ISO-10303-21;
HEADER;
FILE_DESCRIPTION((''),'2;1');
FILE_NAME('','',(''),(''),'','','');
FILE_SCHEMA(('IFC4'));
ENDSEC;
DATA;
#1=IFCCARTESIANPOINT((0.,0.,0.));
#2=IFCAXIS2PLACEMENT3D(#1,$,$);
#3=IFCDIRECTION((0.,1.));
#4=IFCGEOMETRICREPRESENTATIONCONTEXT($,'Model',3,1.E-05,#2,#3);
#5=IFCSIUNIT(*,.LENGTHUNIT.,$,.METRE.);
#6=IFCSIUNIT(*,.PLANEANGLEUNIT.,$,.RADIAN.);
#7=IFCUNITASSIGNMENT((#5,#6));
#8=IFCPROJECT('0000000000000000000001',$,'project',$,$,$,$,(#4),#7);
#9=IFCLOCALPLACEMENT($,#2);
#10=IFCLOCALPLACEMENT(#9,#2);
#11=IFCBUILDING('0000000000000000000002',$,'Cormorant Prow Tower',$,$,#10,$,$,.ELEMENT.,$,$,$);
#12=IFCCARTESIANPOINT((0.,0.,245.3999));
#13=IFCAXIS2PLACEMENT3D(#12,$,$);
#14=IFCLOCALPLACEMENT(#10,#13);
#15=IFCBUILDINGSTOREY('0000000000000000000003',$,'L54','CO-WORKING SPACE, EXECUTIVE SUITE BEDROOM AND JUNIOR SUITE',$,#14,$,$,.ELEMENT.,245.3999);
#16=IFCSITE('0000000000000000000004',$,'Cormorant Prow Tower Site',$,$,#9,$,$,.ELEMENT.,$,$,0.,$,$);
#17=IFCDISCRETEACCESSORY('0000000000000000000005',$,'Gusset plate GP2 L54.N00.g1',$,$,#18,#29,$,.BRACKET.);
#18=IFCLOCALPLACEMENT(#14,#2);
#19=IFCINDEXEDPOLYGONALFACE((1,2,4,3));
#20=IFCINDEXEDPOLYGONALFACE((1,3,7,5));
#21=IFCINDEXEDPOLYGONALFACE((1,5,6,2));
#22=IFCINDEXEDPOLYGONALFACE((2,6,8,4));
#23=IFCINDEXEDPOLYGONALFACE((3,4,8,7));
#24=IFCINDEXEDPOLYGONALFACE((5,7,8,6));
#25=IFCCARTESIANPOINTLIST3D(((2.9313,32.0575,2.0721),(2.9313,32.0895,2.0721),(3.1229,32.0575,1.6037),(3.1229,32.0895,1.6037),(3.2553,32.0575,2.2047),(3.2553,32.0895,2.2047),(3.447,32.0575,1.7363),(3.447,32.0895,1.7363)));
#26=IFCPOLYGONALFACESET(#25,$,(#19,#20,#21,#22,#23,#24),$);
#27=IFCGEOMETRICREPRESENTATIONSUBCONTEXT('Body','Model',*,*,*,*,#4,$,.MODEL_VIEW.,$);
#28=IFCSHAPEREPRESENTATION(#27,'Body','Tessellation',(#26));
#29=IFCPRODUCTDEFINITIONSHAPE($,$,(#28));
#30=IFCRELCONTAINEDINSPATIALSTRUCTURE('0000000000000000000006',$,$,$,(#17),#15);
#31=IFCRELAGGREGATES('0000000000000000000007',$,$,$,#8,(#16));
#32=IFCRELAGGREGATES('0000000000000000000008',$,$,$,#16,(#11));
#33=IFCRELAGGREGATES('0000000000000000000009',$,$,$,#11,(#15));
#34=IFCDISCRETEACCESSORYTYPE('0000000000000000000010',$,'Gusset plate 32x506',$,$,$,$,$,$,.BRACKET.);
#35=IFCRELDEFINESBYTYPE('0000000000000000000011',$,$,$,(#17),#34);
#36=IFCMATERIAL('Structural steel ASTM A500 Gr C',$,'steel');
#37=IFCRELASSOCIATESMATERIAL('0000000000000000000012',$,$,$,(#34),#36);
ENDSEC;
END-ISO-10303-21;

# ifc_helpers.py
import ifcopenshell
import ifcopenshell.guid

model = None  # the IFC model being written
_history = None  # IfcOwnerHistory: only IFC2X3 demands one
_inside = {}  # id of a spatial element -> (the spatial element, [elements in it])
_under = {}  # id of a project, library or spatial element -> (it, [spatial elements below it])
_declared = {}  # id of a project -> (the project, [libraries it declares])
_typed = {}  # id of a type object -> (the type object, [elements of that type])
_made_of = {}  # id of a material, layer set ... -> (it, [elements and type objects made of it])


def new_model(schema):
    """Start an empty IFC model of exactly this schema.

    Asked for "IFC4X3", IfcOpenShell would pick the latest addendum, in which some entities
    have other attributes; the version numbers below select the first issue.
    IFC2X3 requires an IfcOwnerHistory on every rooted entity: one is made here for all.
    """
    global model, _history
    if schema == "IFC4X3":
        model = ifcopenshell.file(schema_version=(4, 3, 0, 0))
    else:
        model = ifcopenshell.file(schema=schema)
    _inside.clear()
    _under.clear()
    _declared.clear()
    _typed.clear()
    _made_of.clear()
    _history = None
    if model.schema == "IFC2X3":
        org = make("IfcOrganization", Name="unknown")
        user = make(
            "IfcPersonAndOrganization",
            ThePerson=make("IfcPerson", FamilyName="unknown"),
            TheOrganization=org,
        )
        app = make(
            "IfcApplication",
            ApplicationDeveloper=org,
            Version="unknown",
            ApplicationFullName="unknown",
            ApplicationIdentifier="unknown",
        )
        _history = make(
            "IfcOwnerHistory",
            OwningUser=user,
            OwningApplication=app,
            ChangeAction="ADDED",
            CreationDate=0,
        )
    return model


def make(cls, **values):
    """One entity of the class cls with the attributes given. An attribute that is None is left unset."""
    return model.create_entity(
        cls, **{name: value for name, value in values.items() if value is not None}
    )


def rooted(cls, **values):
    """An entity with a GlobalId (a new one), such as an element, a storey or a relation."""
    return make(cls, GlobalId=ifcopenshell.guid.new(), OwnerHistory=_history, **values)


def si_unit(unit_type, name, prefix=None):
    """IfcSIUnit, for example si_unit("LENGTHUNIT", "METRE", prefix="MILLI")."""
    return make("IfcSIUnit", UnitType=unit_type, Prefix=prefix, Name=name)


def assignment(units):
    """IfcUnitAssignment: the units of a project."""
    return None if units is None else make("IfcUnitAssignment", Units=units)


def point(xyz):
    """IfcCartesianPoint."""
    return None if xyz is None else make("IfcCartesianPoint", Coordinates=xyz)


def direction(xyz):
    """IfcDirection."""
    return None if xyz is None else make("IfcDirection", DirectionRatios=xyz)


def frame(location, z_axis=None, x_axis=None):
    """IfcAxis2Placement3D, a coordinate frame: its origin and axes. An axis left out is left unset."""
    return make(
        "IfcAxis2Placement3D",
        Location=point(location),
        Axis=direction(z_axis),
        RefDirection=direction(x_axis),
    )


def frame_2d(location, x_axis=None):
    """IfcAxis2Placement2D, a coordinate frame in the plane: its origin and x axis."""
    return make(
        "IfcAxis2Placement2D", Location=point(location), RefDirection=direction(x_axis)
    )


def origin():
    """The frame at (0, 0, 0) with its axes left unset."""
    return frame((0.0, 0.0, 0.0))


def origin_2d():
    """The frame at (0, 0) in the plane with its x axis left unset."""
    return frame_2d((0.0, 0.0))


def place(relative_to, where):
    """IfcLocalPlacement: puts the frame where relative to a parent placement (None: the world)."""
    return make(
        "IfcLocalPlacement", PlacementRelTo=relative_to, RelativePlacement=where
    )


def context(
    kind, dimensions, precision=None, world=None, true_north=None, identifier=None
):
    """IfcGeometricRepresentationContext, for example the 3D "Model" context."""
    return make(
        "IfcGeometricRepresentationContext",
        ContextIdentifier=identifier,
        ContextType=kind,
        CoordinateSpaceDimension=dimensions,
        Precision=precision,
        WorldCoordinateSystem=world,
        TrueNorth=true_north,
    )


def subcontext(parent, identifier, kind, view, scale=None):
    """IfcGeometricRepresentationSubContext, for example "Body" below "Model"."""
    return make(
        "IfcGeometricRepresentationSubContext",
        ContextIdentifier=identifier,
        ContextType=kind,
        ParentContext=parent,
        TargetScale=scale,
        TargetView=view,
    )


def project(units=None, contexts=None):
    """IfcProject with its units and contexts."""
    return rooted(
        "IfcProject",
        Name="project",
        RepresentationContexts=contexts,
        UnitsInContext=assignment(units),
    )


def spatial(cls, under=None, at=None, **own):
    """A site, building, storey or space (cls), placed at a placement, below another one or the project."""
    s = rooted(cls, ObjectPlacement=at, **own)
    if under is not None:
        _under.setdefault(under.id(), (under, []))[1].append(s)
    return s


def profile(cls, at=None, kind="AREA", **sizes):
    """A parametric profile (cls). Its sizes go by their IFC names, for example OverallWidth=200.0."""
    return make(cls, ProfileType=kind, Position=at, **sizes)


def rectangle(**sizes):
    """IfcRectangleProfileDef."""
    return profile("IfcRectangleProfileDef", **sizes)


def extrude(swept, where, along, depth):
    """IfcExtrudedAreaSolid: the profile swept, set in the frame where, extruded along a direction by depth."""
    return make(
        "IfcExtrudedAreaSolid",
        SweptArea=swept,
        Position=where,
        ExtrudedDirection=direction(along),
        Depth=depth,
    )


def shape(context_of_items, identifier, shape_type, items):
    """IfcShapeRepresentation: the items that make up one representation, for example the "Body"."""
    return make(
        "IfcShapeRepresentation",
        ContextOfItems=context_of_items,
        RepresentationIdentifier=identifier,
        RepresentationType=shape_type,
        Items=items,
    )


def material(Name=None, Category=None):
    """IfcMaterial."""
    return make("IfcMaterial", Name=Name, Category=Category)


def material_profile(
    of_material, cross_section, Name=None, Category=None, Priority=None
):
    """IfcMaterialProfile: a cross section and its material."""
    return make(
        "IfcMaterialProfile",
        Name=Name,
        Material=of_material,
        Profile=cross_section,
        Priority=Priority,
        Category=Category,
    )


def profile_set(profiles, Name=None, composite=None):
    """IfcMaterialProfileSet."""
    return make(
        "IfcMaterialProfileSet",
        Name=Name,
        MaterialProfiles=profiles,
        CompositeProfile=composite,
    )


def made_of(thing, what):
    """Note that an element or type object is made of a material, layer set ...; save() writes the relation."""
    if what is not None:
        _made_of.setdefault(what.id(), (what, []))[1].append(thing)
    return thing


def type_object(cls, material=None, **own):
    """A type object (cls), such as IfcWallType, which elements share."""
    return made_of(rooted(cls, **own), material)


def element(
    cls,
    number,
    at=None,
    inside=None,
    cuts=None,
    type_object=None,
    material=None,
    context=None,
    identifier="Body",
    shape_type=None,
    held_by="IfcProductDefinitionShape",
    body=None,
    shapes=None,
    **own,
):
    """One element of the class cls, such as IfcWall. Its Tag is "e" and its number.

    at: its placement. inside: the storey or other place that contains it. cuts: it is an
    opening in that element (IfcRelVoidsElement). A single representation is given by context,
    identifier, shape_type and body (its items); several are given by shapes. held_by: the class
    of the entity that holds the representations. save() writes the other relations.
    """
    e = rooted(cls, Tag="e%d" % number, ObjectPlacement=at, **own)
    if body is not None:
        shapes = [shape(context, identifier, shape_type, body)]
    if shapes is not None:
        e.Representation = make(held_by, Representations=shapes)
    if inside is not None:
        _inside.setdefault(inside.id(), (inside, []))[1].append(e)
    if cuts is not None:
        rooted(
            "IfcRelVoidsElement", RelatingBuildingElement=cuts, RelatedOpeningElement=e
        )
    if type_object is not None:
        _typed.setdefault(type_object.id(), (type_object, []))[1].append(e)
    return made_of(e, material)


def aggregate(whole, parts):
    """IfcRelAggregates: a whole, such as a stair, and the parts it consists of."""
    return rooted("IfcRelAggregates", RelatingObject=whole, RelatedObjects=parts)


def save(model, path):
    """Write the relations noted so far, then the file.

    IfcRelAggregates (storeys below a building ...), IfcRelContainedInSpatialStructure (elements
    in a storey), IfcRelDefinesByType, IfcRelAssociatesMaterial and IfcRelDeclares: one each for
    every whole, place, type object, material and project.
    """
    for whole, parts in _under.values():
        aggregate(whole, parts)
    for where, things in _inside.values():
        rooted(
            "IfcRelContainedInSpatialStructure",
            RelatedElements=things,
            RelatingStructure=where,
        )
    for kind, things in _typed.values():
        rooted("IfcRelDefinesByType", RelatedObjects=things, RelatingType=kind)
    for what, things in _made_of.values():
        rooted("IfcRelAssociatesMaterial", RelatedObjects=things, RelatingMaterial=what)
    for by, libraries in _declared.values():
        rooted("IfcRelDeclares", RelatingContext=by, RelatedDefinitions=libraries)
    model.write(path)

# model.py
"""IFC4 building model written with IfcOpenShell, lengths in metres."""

from ifc_helpers import new_model, si_unit, direction, frame, origin, origin_2d, place, context, subcontext, project, spatial, rectangle, extrude, material, material_profile, profile_set, type_object, element, save


model = new_model("IFC4")

# Units and contexts
model_context = context("Model", 3, precision=1e-05, world=origin(), true_north=direction((0.0, 1.0)))
body_context = subcontext(model_context, "Body", "Model", "MODEL_VIEW")
ifc_project = project(units=[si_unit("LENGTHUNIT", "METRE"), si_unit("PLANEANGLEUNIT", "RADIAN")], contexts=[model_context])

# Site, building, storey
site_placement = place(None, origin())
site = spatial("IfcSite", under=ifc_project, at=site_placement, Name="Cormorant Prow Tower Site", CompositionType="ELEMENT", RefElevation=0.0)
building_placement = place(site_placement, origin())
building = spatial("IfcBuilding", under=site, at=building_placement, Name="Cormorant Prow Tower", CompositionType="ELEMENT")
storey_placement = place(building_placement, frame((0.0, 0.0, 245.3999)))
storey = spatial("IfcBuildingStorey", under=building, at=storey_placement, Name="L54", Description="CO-WORKING SPACE, EXECUTIVE SUITE BEDROOM AND JUNIOR SUITE", CompositionType="ELEMENT", Elevation=245.3999)

# Discrete accessory
ifc_material_1 = material(Name="Structural steel ASTM A500 Gr C", Category="steel")
ifc_material_profile_1 = material_profile(ifc_material_1, rectangle(XDim=0.032, YDim=0.5061, at=origin_2d()), Name="Gusset plate 32x506")
ifc_profile_set_1 = profile_set([ifc_material_profile_1], Name="Structural steel ASTM A500 Gr C")
discrete_accessory_type = type_object("IfcDiscreteAccessoryType", Name="Gusset plate 32x506", PredefinedType="BRACKET", material=ifc_profile_set_1)
discrete_accessory_1_placement = place(storey_placement, frame((3.0271, 32.0735, 1.8379), z_axis=(0.925514, 0.0, 0.378714), x_axis=(0.0, 1.0, 0.0)))
element("IfcDiscreteAccessory", 1, at=discrete_accessory_1_placement, inside=storey, type_object=discrete_accessory_type, Name="Gusset plate GP2 L54.N00.g1", PredefinedType="BRACKET", context=body_context, shape_type="SweptSolid", body=[
    extrude(rectangle(XDim=0.032, YDim=0.5061, at=origin_2d()), origin(), (0.0, 0.0, 1.0), 0.3501),
])

save(model, "model.ifc")
